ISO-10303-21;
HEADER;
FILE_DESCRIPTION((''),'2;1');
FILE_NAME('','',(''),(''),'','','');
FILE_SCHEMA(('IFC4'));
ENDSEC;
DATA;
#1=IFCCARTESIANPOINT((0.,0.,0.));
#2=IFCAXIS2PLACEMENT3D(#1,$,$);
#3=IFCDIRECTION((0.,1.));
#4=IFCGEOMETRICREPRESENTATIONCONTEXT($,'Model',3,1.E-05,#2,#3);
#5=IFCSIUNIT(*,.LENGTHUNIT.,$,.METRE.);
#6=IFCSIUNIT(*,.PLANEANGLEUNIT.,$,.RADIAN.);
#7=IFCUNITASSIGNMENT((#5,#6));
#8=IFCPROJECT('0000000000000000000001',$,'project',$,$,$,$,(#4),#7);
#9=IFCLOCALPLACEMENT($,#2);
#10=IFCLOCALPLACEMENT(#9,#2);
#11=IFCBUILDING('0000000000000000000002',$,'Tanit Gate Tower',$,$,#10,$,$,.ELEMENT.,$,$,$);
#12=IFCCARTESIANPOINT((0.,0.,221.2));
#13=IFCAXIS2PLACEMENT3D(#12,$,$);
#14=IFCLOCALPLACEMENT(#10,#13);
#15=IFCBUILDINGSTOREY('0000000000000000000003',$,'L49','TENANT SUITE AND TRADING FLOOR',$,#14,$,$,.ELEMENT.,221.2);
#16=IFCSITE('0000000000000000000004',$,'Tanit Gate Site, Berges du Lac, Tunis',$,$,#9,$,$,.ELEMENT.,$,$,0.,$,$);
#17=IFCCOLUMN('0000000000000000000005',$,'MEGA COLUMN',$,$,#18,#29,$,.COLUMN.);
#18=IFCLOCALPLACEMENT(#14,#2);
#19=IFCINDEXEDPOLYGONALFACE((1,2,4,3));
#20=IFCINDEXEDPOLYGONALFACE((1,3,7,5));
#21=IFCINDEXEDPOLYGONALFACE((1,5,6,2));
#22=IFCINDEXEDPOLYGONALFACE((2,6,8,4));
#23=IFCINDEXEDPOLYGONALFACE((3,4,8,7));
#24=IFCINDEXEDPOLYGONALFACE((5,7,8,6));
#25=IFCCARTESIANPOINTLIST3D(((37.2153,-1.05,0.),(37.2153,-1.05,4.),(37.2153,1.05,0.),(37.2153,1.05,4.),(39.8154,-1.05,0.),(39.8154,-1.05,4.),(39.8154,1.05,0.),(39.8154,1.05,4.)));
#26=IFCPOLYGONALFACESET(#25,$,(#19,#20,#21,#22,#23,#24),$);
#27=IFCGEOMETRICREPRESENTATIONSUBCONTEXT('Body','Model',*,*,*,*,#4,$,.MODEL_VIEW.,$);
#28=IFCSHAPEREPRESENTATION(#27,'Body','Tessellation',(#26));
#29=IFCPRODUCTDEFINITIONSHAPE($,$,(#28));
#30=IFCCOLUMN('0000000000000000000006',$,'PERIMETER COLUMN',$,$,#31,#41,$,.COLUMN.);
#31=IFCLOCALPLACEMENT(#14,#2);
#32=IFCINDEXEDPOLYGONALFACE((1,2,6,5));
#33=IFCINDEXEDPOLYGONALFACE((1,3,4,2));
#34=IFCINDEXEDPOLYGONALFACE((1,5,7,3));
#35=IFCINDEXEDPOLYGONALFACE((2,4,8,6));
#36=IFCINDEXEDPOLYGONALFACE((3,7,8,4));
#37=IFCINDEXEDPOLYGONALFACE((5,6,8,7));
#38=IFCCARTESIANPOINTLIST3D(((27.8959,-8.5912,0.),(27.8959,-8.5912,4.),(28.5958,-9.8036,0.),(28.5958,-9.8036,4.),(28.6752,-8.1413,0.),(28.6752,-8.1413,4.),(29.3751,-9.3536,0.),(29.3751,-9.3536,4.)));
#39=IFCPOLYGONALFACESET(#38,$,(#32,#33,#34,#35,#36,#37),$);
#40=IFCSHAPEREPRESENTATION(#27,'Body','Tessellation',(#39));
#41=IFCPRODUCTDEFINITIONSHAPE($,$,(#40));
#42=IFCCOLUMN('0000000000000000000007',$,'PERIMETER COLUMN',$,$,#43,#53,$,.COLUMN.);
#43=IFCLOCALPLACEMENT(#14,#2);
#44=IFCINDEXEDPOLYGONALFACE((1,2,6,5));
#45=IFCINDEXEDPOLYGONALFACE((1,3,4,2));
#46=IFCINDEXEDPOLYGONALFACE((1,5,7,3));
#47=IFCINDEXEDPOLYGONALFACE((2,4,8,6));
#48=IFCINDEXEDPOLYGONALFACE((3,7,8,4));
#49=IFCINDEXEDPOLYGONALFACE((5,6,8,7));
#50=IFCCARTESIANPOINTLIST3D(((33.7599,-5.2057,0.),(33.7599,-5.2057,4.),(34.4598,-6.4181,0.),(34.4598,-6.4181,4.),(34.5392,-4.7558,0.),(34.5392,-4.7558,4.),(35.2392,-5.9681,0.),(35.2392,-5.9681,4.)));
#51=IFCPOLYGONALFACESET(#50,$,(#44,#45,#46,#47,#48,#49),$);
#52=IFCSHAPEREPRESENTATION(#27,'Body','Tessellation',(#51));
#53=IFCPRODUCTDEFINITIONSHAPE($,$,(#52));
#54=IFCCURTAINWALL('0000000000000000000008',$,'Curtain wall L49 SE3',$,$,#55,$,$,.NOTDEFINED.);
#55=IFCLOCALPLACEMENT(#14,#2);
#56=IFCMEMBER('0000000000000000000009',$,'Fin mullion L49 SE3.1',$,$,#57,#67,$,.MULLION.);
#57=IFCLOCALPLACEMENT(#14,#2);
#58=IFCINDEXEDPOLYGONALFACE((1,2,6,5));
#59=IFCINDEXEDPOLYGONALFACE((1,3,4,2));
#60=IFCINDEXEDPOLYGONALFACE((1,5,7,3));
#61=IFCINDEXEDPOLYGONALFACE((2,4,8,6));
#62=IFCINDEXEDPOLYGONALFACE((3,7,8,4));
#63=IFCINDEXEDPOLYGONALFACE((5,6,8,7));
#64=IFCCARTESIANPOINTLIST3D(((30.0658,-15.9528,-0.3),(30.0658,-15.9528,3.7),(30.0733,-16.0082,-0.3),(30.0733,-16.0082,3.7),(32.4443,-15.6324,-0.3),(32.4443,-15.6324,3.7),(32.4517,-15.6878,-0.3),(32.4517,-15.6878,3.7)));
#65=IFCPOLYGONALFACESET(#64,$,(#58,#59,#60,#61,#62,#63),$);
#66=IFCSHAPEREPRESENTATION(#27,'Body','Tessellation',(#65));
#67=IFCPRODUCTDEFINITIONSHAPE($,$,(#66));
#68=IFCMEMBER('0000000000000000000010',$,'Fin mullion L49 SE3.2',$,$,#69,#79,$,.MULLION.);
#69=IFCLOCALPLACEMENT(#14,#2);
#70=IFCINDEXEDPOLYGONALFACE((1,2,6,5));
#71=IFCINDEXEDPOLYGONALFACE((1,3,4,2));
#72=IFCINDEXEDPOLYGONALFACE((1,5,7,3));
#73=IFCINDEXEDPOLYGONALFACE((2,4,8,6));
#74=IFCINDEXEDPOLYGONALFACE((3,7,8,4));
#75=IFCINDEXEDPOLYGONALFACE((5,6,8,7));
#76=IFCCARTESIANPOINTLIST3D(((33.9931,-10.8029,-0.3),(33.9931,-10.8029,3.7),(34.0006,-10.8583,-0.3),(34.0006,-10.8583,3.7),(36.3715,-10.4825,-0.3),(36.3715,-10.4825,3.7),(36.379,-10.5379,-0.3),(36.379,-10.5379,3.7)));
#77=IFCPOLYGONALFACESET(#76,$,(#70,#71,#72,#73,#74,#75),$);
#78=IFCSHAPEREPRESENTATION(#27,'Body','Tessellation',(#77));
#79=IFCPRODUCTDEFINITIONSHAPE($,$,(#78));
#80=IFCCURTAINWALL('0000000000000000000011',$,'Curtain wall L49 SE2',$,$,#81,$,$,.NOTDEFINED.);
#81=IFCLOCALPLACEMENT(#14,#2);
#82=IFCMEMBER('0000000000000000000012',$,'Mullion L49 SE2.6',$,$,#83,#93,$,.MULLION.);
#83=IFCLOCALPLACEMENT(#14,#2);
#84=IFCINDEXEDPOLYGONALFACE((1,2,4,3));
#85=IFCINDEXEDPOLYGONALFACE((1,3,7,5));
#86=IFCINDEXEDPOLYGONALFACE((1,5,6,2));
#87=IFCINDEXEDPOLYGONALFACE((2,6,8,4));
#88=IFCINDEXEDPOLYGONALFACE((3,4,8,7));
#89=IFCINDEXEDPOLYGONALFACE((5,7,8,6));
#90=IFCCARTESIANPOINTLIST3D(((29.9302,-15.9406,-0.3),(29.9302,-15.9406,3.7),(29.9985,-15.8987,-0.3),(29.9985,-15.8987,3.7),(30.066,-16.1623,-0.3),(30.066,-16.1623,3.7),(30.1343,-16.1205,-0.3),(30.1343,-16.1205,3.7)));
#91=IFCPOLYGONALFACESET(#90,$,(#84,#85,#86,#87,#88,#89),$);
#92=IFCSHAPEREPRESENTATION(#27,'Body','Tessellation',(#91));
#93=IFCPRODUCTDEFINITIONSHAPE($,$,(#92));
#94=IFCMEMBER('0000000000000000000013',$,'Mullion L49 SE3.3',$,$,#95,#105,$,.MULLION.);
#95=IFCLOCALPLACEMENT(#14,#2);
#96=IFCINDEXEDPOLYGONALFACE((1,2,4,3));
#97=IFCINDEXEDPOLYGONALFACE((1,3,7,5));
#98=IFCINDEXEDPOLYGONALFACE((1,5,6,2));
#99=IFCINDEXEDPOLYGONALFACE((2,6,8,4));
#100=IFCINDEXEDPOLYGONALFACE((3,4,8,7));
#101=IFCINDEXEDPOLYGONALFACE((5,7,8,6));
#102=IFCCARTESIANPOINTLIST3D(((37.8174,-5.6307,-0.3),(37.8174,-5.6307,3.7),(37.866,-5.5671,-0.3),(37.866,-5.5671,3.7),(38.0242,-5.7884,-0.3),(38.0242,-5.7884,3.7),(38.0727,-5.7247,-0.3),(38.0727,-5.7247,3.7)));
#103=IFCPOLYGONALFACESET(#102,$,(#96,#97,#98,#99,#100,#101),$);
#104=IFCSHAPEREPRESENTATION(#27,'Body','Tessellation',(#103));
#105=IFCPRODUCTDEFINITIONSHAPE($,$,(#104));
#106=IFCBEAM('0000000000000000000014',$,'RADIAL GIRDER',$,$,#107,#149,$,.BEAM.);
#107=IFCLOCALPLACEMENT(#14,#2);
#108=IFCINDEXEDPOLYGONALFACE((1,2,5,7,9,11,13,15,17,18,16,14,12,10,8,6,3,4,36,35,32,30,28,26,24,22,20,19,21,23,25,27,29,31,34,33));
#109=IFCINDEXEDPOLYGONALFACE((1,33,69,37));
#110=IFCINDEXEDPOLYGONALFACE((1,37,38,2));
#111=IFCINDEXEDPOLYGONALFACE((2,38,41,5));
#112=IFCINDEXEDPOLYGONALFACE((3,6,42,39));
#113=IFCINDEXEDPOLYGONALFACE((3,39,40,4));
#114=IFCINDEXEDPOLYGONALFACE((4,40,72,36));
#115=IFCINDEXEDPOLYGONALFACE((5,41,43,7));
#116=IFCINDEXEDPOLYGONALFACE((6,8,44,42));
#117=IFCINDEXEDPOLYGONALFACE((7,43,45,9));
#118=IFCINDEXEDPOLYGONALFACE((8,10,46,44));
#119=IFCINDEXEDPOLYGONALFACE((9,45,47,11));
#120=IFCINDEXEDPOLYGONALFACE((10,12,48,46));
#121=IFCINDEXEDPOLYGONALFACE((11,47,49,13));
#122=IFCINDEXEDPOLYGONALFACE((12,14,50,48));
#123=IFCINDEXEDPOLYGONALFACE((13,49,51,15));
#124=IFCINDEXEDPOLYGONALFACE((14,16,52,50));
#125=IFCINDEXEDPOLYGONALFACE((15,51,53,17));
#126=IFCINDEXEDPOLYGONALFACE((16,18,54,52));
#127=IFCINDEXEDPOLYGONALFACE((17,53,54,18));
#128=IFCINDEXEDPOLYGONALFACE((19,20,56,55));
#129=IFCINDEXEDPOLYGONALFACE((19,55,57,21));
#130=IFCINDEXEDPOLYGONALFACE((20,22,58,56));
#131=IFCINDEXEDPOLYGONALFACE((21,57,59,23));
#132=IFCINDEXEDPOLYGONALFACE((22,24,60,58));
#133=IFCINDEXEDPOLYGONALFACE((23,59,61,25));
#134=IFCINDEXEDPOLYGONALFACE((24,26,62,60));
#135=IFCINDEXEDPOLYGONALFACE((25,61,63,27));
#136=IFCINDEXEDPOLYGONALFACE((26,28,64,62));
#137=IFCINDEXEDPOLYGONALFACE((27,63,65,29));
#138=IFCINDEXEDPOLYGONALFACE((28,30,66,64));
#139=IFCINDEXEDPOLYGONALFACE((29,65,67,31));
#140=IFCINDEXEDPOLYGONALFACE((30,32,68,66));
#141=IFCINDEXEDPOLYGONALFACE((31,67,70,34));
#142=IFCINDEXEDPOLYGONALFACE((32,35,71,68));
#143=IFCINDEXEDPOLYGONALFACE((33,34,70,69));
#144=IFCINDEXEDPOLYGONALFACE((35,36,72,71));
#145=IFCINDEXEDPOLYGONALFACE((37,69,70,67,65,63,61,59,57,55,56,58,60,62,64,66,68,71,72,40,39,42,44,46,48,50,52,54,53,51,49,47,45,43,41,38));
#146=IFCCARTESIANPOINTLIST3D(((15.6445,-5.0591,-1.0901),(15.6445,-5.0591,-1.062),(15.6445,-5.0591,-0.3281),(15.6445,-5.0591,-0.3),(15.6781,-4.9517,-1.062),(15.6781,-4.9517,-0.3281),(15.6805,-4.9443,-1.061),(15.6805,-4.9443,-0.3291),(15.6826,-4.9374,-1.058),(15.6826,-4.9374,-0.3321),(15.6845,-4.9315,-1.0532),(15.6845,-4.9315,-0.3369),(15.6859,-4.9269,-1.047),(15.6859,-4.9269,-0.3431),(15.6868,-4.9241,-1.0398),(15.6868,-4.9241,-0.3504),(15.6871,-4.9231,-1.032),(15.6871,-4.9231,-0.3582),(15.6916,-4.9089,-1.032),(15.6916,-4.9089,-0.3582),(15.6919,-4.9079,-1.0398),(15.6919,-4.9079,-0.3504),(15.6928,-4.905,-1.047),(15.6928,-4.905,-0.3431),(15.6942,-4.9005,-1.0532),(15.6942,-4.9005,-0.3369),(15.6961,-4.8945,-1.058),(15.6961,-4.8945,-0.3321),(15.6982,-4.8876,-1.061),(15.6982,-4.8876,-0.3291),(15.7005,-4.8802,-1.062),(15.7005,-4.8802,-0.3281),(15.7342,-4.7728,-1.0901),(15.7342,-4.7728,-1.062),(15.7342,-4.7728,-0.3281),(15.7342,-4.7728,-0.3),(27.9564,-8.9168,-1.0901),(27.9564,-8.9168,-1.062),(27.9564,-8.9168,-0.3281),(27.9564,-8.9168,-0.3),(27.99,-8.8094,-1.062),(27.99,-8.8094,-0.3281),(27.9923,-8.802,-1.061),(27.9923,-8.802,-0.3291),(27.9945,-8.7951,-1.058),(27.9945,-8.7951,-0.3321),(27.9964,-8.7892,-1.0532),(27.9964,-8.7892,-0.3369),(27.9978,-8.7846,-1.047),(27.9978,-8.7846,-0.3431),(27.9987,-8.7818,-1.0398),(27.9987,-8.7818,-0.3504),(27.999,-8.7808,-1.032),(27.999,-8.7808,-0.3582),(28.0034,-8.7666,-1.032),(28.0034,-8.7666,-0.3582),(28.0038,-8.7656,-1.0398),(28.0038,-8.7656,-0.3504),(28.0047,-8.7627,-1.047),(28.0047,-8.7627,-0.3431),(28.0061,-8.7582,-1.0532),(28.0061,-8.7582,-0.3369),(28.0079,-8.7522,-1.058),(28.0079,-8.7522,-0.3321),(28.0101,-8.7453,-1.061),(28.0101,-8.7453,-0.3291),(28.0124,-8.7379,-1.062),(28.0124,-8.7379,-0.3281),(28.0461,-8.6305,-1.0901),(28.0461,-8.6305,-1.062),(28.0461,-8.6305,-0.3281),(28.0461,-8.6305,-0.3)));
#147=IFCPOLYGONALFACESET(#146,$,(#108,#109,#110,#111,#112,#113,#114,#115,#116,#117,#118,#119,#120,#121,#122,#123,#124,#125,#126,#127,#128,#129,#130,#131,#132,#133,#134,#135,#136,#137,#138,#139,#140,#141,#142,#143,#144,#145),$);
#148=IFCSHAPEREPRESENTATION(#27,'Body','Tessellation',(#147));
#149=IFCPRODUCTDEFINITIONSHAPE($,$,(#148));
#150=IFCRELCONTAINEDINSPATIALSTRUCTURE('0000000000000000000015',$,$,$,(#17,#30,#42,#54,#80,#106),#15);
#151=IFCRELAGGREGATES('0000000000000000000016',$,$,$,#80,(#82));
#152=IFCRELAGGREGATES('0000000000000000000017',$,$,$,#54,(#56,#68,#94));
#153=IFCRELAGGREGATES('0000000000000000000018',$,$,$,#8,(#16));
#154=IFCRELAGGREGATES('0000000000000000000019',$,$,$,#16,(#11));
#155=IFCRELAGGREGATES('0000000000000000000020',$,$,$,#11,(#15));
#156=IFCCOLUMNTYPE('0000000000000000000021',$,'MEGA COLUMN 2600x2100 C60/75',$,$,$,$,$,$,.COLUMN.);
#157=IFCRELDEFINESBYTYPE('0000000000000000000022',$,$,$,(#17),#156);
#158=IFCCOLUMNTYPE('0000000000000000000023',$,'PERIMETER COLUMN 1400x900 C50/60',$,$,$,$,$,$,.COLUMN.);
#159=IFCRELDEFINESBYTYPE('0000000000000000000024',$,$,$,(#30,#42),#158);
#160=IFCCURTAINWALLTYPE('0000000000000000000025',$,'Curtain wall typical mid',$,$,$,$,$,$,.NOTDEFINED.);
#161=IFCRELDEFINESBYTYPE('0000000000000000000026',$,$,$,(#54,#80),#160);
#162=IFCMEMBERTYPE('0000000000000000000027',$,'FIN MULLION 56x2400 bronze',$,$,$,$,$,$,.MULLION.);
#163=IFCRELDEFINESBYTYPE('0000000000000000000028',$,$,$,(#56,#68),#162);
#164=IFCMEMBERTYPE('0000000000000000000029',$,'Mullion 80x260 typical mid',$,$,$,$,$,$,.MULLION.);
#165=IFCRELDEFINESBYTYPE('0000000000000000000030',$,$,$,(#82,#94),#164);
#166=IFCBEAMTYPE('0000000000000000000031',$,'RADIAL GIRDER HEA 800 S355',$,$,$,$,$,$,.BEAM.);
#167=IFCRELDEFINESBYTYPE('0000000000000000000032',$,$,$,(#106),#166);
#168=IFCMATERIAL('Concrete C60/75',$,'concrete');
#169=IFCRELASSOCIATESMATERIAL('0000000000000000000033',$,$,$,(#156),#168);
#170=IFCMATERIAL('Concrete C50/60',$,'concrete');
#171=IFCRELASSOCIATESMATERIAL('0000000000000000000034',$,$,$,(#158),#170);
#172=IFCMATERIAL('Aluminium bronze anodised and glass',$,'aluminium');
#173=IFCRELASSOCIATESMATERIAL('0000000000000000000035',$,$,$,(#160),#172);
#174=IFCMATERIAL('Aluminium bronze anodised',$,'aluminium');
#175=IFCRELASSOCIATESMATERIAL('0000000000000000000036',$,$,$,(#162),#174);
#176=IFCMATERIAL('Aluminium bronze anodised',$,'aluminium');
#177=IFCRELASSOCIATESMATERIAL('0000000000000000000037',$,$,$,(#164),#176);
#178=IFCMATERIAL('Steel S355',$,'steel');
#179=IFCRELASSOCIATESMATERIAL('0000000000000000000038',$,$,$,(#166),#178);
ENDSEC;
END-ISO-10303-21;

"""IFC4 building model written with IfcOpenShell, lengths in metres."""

from ifc_helpers import new_model, si_unit, direction, frame, origin, origin_2d, place, context, subcontext, project, spatial, rectangle, i_section, extrude, material, material_profile, profile_set, type_object, element, aggregate, save


model = new_model("IFC4")

# Units and contexts
model_context = context("Model", 3, precision=1e-05, world=origin(), true_north=direction((0.0, 1.0)))
body_context = subcontext(model_context, "Body", "Model", "MODEL_VIEW")
ifc_project = project(units=[si_unit("LENGTHUNIT", "METRE"), si_unit("PLANEANGLEUNIT", "RADIAN")], contexts=[model_context])

# Site, building, storey
site_placement = place(None, origin())
site = spatial("IfcSite", under=ifc_project, at=site_placement, Name="Tanit Gate Site, Berges du Lac, Tunis", CompositionType="ELEMENT", RefElevation=0.0)
building_placement = place(site_placement, origin())
building = spatial("IfcBuilding", under=site, at=building_placement, Name="Tanit Gate Tower", CompositionType="ELEMENT")
storey_placement = place(building_placement, frame((0.0, 0.0, 221.2)))
storey = spatial("IfcBuildingStorey", under=building, at=storey_placement, Name="L49", Description="TENANT SUITE AND TRADING FLOOR", CompositionType="ELEMENT", Elevation=221.2)

# Columns
ifc_material_1 = material(Name="Concrete C60/75", Category="concrete")
ifc_material_profile_1 = material_profile(ifc_material_1, rectangle(XDim=2.6001, YDim=2.1001, at=origin_2d()), Name="RC 2600x2100")
ifc_profile_set_1 = profile_set([ifc_material_profile_1], Name="Concrete C60/75")
column_type_1 = type_object("IfcColumnType", Name="MEGA COLUMN 2600x2100 C60/75", PredefinedType="COLUMN", material=ifc_profile_set_1)
column_placement = place(storey_placement, frame((38.5154, 0.0, 0.0), z_axis=(0.0, 0.0, 1.0), x_axis=(1.0, 0.0, 0.0)))
element("IfcColumn", 1, at=column_placement, inside=storey, type_object=column_type_1, Name="MEGA COLUMN", PredefinedType="COLUMN", context=body_context, shape_type="SweptSolid", body=[
    extrude(rectangle(XDim=2.6001, YDim=2.1001, at=origin_2d()), origin(), (0.0, 0.0, 1.0), 4.0),
])
ifc_material_2 = material(Name="Concrete C50/60", Category="concrete")
ifc_material_profile_2 = material_profile(ifc_material_2, rectangle(XDim=1.3999, YDim=0.8999, at=origin_2d()), Name="RC 1400x900")
ifc_profile_set_2 = profile_set([ifc_material_profile_2], Name="Concrete C50/60")
column_type_2 = type_object("IfcColumnType", Name="PERIMETER COLUMN 1400x900 C50/60", PredefinedType="COLUMN", material=ifc_profile_set_2)
for number, where, z_axis, x_axis, name in (
    (2, (28.6355, -8.9724, 0.0), (0.0, 0.0, 1.0), (0.5, -0.866025, 0.0), "PERIMETER COLUMN"),
    (3, (34.4995, -5.5869, 0.0), (0.0, 0.0, 1.0), (0.5, -0.866025, 0.0), "PERIMETER COLUMN"),
):
    element("IfcColumn", number, at=place(storey_placement, frame(where, z_axis=z_axis, x_axis=x_axis)), inside=storey, type_object=column_type_2, Name=name, PredefinedType="COLUMN", context=body_context, shape_type="SweptSolid", body=[
        extrude(rectangle(XDim=1.3999, YDim=0.8999, at=origin_2d()), origin(), (0.0, 0.0, 1.0), 4.0),
    ])

# Curtain wall, members
ifc_material_3 = material(Name="Aluminium bronze anodised and glass", Category="aluminium")
curtain_wall_type = type_object("IfcCurtainWallType", Name="Curtain wall typical mid", PredefinedType="NOTDEFINED", material=ifc_material_3)
curtain_wall_1_placement = place(storey_placement, origin())
curtain_wall_1 = element("IfcCurtainWall", 4, at=curtain_wall_1_placement, inside=storey, type_object=curtain_wall_type, Name="Curtain wall L49 SE3", PredefinedType="NOTDEFINED")
ifc_material_4 = material(Name="Aluminium bronze anodised", Category="aluminium")
ifc_material_profile_3 = material_profile(ifc_material_4, rectangle(XDim=2.3999, YDim=0.0559, at=origin_2d()), Name="56x2400 bronze fin mullion")
ifc_profile_set_3 = profile_set([ifc_material_profile_3], Name="Aluminium bronze anodised")
member_type_1 = type_object("IfcMemberType", Name="FIN MULLION 56x2400 bronze", PredefinedType="MULLION", material=ifc_profile_set_3)
member_1_placement = place(storey_placement, frame((31.2588, -15.8203, -0.3), z_axis=(0.0, 0.0, 1.0), x_axis=(-0.991049, -0.133498, 0.0)))
member_1 = element("IfcMember", 5, at=member_1_placement, type_object=member_type_1, Name="Fin mullion L49 SE3.1", PredefinedType="MULLION", context=body_context, shape_type="SweptSolid", body=[
    extrude(rectangle(XDim=2.3999, YDim=0.0559, at=origin_2d()), origin(), (0.0, 0.0, 1.0), 4.0),
])
member_2_placement = place(storey_placement, frame((35.186, -10.6704, -0.3), z_axis=(0.0, 0.0, 1.0), x_axis=(-0.991049, -0.133498, 0.0)))
member_2 = element("IfcMember", 6, at=member_2_placement, type_object=member_type_1, Name="Fin mullion L49 SE3.2", PredefinedType="MULLION", context=body_context, shape_type="SweptSolid", body=[
    extrude(rectangle(XDim=2.3999, YDim=0.0559, at=origin_2d()), origin(), (0.0, 0.0, 1.0), 4.0),
])

# Curtain wall, member
curtain_wall_2_placement = place(storey_placement, origin())
curtain_wall_2 = element("IfcCurtainWall", 7, at=curtain_wall_2_placement, inside=storey, type_object=curtain_wall_type, Name="Curtain wall L49 SE2", PredefinedType="NOTDEFINED")
ifc_material_5 = material(Name="Aluminium bronze anodised", Category="aluminium")
ifc_material_profile_4 = material_profile(ifc_material_5, rectangle(XDim=0.26, YDim=0.0801, at=origin_2d()), Name="80x260 bronze mullion")
ifc_profile_set_4 = profile_set([ifc_material_profile_4], Name="Aluminium bronze anodised")
member_type_2 = type_object("IfcMemberType", Name="Mullion 80x260 typical mid", PredefinedType="MULLION", material=ifc_profile_set_4)
member_3_placement = place(storey_placement, frame((30.0322, -16.0305, -0.3), z_axis=(0.0, 0.0, 1.0), x_axis=(-0.522401, 0.8527, 0.0)))
member_3 = element("IfcMember", 8, at=member_3_placement, type_object=member_type_2, Name="Mullion L49 SE2.6", PredefinedType="MULLION", context=body_context, shape_type="SweptSolid", body=[
    extrude(rectangle(XDim=0.26, YDim=0.0801, at=origin_2d()), origin(), (0.0, 0.0, 1.0), 4.0),
])

# Member
member_4_placement = place(storey_placement, frame((37.9451, -5.6777, -0.3), z_axis=(0.0, 0.0, 1.0), x_axis=(-0.795175, 0.60638, 0.0)))
member_4 = element("IfcMember", 9, at=member_4_placement, type_object=member_type_2, Name="Mullion L49 SE3.3", PredefinedType="MULLION", context=body_context, shape_type="SweptSolid", body=[
    extrude(rectangle(XDim=0.26, YDim=0.0801, at=origin_2d()), origin(), (0.0, 0.0, 1.0), 4.0),
])

# Beam
ifc_material_6 = material(Name="Steel S355", Category="steel")
ifc_material_profile_5 = material_profile(ifc_material_6, i_section(OverallWidth=0.3, OverallDepth=0.79, WebThickness=0.0149, FlangeThickness=0.0281, FilletRadius=0.03, at=origin_2d()), Name="HEA 800")
ifc_profile_set_5 = profile_set([ifc_material_profile_5], Name="Steel S355")
beam_type_1 = type_object("IfcBeamType", Name="RADIAL GIRDER HEA 800 S355", PredefinedType="BEAM", material=ifc_profile_set_5)
beam_1_placement = place(storey_placement, frame((28.0012, -8.7737, -0.6951), z_axis=(-0.954254, 0.298998, 0.0), x_axis=(-0.298998, -0.954254, 0.0)))
element("IfcBeam", 10, at=beam_1_placement, inside=storey, type_object=beam_type_1, Name="RADIAL GIRDER", PredefinedType="BEAM", context=body_context, shape_type="SweptSolid", body=[
    extrude(i_section(OverallWidth=0.3, OverallDepth=0.79, WebThickness=0.0149, FlangeThickness=0.0281, FilletRadius=0.03, at=origin_2d()), origin(), (0.0, 0.0, 1.0), 12.9021),
])

aggregate(curtain_wall_2, [member_3])
aggregate(curtain_wall_1, [member_1, member_2, member_4])

save(model, "model.ifc")
